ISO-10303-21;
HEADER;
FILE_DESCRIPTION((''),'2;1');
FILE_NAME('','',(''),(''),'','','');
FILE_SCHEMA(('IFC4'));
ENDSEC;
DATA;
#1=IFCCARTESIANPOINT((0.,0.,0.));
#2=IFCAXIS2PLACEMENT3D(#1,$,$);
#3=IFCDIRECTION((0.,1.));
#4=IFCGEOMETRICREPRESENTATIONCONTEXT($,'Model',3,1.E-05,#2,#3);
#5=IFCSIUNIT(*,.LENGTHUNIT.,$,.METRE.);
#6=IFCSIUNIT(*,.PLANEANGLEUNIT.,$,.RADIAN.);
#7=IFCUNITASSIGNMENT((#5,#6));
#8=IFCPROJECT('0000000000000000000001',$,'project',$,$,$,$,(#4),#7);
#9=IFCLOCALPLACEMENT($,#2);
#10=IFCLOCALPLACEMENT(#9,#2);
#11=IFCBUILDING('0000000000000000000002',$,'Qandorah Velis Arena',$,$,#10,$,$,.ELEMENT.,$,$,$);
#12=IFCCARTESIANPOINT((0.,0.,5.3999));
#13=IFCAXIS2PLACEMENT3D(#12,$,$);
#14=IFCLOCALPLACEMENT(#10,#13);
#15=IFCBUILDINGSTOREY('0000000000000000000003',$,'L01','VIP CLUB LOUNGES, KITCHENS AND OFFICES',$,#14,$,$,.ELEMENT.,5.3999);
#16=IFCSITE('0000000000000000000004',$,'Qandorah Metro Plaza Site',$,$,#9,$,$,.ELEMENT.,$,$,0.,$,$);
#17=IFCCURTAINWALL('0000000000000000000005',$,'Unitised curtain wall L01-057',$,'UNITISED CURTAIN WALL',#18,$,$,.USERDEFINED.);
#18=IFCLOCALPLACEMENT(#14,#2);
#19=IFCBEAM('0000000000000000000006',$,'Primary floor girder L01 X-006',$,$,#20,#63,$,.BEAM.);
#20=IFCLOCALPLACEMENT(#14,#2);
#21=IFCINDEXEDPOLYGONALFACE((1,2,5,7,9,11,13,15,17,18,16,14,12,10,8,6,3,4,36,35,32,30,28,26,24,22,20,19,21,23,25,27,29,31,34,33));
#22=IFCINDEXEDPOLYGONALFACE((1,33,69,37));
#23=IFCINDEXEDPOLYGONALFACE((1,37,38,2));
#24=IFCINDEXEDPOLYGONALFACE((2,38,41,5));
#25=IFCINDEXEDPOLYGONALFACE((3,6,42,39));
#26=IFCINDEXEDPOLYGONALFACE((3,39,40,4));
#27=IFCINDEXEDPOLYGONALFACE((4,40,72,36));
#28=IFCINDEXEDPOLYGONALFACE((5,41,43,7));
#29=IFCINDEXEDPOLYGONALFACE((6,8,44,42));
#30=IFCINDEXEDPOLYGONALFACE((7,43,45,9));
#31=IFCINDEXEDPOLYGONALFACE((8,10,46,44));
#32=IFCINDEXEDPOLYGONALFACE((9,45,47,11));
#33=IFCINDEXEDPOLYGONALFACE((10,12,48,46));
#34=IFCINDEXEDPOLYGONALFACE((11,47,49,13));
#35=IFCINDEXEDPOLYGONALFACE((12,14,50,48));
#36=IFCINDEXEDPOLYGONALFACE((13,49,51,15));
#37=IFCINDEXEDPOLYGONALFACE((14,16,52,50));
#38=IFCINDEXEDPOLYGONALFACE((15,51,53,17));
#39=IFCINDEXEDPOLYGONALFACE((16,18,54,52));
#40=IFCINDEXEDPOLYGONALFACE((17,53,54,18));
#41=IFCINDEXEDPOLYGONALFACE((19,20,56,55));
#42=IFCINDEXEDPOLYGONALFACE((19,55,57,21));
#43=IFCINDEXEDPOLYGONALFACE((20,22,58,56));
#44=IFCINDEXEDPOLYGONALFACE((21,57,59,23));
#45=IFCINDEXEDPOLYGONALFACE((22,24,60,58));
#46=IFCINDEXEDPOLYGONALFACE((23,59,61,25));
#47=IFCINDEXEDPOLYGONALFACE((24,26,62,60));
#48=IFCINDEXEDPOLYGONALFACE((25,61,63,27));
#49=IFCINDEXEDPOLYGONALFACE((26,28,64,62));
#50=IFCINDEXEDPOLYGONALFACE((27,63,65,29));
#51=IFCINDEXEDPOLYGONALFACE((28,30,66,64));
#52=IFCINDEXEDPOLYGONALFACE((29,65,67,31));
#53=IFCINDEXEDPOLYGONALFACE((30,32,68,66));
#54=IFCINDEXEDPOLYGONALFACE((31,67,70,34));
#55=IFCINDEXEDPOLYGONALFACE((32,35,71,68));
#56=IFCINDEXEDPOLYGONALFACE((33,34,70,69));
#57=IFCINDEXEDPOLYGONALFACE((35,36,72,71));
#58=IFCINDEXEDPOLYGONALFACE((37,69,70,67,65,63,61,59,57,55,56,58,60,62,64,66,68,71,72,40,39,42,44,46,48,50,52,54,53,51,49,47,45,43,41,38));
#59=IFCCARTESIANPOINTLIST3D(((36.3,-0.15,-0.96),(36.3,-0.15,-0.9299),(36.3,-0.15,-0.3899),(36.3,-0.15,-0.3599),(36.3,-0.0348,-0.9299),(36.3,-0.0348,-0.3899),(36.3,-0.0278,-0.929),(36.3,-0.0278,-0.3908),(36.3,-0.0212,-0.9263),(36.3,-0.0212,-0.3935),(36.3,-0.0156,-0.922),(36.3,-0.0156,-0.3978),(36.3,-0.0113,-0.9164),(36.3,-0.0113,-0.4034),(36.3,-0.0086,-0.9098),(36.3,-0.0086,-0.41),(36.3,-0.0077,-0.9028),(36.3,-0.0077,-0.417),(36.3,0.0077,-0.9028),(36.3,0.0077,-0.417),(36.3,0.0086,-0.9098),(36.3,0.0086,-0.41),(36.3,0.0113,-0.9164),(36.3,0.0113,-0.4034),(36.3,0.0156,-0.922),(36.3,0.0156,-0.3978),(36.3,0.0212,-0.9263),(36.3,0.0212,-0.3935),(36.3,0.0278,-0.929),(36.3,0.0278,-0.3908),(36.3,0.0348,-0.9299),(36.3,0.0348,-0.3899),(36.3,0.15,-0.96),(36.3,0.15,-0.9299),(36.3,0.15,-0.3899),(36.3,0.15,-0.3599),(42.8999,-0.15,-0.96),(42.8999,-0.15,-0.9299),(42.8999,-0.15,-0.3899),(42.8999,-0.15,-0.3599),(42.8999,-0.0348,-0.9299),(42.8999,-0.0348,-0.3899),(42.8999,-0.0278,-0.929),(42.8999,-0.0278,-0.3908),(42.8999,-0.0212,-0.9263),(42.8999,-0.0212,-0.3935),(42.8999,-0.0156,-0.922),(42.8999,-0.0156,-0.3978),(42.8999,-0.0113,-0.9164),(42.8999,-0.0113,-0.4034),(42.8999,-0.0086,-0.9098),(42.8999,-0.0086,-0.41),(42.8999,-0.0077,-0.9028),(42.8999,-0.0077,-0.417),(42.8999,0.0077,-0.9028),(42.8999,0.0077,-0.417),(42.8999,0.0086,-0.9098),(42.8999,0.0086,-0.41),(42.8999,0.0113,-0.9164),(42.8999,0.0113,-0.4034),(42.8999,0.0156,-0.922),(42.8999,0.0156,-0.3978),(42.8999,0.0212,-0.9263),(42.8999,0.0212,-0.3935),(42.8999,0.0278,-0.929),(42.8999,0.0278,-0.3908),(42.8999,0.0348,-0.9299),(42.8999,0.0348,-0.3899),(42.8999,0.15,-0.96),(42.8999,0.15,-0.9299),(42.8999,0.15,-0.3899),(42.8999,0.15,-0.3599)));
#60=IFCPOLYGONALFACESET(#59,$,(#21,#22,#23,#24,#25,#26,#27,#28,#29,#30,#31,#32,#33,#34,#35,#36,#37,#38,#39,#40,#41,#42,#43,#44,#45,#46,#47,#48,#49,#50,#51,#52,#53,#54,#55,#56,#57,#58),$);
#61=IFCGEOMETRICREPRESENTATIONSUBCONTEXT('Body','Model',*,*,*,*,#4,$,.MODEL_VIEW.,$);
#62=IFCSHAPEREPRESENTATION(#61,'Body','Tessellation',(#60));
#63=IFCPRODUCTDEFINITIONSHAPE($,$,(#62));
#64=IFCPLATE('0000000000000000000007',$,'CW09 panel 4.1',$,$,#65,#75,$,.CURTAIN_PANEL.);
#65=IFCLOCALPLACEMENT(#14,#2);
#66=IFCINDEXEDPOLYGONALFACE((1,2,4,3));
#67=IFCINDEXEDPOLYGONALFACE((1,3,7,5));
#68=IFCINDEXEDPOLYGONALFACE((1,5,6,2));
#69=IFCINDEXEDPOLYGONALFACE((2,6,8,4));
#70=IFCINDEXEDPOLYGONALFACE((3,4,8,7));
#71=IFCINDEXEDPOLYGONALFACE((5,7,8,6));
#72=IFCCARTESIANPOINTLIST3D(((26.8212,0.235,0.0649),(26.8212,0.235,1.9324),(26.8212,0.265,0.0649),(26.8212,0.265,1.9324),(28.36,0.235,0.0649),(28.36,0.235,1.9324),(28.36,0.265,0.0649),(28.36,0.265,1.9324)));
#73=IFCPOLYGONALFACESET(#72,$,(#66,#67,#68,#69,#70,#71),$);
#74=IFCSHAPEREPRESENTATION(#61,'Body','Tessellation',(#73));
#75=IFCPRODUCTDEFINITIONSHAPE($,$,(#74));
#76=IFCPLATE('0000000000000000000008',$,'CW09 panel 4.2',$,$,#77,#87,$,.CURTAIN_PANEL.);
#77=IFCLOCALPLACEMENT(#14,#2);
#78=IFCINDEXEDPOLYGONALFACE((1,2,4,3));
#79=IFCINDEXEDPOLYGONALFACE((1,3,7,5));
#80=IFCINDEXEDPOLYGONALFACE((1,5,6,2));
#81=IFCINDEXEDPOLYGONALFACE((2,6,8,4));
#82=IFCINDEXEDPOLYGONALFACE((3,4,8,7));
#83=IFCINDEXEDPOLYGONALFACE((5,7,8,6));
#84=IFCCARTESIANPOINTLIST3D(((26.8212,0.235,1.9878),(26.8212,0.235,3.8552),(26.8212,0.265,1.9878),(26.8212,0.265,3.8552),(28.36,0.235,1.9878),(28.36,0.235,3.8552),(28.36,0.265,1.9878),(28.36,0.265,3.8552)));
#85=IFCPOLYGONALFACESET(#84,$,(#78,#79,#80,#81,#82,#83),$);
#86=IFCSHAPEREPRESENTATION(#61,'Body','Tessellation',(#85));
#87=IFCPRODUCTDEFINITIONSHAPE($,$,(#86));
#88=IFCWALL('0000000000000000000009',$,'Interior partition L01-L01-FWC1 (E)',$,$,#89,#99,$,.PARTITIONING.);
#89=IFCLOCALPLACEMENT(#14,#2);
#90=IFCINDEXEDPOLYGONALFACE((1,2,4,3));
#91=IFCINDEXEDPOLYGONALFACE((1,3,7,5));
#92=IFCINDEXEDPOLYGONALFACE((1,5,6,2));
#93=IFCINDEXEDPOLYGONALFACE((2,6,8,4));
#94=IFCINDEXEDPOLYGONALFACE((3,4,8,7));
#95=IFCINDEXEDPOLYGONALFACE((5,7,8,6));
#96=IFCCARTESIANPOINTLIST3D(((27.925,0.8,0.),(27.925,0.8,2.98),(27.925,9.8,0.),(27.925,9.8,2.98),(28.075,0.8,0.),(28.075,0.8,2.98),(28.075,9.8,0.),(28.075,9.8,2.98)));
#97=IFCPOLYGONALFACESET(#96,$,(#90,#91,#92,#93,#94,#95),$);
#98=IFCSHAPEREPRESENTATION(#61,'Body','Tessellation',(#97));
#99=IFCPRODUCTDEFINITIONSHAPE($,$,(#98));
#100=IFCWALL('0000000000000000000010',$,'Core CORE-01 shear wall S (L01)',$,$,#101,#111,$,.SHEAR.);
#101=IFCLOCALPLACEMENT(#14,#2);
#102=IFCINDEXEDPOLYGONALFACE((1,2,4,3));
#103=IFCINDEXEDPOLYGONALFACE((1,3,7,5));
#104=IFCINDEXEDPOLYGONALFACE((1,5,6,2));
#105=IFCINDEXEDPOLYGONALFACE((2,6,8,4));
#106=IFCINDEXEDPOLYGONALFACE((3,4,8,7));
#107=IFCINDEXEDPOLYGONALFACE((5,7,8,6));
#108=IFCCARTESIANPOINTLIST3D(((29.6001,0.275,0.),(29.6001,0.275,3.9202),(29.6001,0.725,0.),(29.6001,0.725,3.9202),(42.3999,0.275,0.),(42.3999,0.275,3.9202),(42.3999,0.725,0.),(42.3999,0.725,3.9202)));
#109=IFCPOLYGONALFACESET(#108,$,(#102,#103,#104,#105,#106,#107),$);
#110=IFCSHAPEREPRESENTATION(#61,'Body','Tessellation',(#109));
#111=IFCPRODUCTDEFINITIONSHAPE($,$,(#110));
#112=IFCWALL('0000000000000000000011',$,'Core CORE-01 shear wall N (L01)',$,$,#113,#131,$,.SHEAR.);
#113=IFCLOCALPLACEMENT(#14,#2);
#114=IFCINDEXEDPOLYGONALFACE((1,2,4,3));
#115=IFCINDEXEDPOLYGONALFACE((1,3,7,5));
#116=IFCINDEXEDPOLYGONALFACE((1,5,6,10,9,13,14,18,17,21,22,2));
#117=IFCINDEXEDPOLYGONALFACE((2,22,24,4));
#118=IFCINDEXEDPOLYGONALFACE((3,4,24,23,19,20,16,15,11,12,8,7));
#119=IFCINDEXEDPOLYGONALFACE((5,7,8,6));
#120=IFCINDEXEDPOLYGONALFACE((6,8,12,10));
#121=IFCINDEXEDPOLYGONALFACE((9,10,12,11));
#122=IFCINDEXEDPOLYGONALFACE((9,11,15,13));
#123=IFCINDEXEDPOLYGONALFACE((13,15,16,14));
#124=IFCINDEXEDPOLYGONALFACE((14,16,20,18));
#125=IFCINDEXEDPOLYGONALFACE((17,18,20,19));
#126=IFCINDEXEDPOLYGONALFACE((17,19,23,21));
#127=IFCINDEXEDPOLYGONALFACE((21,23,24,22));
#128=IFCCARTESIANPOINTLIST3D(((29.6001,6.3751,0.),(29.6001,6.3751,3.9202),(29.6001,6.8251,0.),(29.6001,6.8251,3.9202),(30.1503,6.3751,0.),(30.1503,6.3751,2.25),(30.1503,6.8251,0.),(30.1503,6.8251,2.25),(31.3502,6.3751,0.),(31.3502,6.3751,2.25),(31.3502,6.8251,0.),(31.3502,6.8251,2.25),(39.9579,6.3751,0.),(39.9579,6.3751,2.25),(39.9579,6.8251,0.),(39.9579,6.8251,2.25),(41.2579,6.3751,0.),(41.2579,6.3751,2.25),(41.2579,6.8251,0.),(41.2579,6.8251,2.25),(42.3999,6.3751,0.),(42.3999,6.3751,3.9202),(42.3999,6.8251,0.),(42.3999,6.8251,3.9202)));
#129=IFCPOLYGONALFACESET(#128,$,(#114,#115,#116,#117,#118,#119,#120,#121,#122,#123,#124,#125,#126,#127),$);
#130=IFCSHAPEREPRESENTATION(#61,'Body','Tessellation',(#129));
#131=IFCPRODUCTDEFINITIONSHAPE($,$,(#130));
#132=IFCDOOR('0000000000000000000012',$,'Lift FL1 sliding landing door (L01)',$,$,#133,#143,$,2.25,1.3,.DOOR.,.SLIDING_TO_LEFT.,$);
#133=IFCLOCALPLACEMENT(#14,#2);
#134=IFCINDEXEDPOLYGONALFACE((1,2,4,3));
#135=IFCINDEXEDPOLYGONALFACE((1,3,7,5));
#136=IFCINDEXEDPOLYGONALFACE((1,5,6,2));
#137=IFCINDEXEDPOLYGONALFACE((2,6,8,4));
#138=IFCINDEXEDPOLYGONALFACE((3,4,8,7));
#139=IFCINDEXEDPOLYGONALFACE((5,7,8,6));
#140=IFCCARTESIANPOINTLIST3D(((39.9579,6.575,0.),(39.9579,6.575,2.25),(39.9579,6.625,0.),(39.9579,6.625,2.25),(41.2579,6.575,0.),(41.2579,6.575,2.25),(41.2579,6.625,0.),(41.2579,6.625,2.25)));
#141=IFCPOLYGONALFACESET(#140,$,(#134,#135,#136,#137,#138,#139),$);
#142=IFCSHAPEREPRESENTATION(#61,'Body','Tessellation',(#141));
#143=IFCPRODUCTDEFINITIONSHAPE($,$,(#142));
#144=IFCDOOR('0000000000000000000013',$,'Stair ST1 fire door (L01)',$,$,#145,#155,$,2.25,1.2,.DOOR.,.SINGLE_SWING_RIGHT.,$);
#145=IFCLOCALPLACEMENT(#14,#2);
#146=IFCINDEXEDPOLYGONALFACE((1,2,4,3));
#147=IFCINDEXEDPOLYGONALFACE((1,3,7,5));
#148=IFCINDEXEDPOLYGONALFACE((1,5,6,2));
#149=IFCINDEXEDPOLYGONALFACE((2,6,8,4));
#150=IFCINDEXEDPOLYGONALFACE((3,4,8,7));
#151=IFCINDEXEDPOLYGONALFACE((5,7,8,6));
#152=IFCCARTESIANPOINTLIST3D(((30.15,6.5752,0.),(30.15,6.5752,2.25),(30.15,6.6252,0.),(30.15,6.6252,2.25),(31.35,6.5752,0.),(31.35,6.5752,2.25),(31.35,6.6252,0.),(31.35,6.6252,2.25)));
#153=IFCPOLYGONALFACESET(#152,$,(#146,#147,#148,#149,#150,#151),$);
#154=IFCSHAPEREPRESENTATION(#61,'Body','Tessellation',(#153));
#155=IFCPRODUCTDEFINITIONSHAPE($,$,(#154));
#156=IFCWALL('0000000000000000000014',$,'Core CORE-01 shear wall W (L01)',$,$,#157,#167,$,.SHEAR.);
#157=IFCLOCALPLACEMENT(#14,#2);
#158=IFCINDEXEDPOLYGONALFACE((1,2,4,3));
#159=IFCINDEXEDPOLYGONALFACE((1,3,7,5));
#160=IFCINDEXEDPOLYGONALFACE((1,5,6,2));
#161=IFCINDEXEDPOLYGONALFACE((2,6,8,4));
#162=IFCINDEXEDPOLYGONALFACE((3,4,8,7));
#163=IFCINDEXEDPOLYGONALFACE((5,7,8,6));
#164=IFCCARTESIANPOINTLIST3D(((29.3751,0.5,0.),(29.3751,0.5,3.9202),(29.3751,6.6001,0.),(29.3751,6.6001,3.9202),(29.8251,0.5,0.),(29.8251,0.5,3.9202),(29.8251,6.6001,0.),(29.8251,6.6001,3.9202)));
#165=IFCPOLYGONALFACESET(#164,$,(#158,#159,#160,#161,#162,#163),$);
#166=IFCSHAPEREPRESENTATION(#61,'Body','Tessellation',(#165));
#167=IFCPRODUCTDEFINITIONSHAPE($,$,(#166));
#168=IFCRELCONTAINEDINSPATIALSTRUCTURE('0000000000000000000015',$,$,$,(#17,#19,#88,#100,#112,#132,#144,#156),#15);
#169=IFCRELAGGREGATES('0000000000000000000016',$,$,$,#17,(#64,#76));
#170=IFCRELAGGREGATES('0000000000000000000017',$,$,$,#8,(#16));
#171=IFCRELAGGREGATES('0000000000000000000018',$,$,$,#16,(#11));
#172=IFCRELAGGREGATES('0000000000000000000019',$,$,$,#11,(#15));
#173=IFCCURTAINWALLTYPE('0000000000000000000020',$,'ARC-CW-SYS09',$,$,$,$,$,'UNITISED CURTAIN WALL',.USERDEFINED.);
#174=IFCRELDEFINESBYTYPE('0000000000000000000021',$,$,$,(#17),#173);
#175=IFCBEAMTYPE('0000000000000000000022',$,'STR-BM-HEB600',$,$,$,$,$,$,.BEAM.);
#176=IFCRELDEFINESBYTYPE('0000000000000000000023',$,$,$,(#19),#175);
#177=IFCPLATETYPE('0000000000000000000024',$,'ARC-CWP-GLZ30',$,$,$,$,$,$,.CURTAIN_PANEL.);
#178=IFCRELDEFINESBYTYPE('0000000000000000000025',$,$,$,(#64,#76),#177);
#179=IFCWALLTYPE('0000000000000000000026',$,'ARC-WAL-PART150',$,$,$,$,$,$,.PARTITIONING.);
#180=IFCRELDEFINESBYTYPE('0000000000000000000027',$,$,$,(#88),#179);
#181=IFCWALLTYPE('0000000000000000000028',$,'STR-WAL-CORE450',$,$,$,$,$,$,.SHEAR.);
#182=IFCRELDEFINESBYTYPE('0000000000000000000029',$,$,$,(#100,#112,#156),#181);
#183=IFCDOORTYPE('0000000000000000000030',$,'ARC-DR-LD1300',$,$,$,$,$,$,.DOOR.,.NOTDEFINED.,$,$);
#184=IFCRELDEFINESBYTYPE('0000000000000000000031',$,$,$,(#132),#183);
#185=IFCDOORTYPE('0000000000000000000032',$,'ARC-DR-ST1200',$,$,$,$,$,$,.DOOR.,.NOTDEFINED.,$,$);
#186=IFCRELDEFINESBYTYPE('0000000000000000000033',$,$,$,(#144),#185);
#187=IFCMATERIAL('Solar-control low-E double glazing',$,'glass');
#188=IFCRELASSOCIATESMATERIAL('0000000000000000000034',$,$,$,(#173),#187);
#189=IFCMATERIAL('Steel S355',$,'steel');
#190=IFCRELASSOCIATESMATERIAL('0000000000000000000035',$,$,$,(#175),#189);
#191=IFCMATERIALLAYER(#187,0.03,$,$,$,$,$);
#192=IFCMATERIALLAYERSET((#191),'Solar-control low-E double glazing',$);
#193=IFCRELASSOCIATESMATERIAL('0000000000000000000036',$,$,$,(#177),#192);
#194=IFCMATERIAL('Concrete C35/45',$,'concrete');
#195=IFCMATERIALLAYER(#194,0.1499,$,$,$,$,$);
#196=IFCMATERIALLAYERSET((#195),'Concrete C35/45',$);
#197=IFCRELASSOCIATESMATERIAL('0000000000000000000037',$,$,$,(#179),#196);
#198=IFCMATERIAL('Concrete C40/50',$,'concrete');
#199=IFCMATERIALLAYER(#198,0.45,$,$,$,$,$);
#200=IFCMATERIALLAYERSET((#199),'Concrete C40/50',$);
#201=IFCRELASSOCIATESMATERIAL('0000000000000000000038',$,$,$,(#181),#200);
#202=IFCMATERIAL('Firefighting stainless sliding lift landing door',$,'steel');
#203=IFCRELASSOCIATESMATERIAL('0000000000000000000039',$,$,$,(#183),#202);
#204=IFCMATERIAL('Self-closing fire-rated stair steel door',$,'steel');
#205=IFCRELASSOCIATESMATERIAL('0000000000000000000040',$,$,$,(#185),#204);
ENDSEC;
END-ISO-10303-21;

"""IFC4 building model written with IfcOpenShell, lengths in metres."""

from ifc_helpers import new_model, si_unit, direction, frame, frame_2d, origin, origin_2d, place, context, subcontext, project, spatial, rectangle, i_section, extrude, material, layer, layer_set, material_profile, profile_set, type_object, element, fill, aggregate, save


model = new_model("IFC4")

# Units and contexts
model_context = context("Model", 3, precision=1e-05, world=origin(), true_north=direction((0.0, 1.0)))
body_context = subcontext(model_context, "Body", "Model", "MODEL_VIEW")
ifc_project = project(units=[si_unit("LENGTHUNIT", "METRE"), si_unit("PLANEANGLEUNIT", "RADIAN")], contexts=[model_context])

# Site, building, storey
site_placement = place(None, origin())
site = spatial("IfcSite", under=ifc_project, at=site_placement, Name="Qandorah Metro Plaza Site", CompositionType="ELEMENT", RefElevation=0.0)
building_placement = place(site_placement, origin())
building = spatial("IfcBuilding", under=site, at=building_placement, Name="Qandorah Velis Arena", CompositionType="ELEMENT")
storey_placement = place(building_placement, frame((0.0, 0.0, 5.3999)))
storey = spatial("IfcBuildingStorey", under=building, at=storey_placement, Name="L01", Description="VIP CLUB LOUNGES, KITCHENS AND OFFICES", CompositionType="ELEMENT", Elevation=5.3999)

# Shared definitions
ifc_material_1 = material(Name="Concrete C40/50", Category="concrete")

# Curtain wall
ifc_material_2 = material(Name="Solar-control low-E double glazing", Category="glass")
curtain_wall_type = type_object("IfcCurtainWallType", Name="ARC-CW-SYS09", ElementType="UNITISED CURTAIN WALL", PredefinedType="USERDEFINED", material=ifc_material_2)
curtain_wall_placement = place(storey_placement, origin())
curtain_wall = element("IfcCurtainWall", 1, at=curtain_wall_placement, inside=storey, type_object=curtain_wall_type, Name="Unitised curtain wall L01-057", ObjectType="UNITISED CURTAIN WALL", PredefinedType="USERDEFINED")

# Beam
ifc_material_3 = material(Name="Steel S355", Category="steel")
ifc_material_profile_1 = material_profile(ifc_material_3, i_section(OverallWidth=0.3, OverallDepth=0.6001, WebThickness=0.0154, FlangeThickness=0.03, FilletRadius=0.0271, at=origin_2d()), Name="HEB 600")
ifc_profile_set_1 = profile_set([ifc_material_profile_1], Name="Steel S355")
beam_type_1 = type_object("IfcBeamType", Name="STR-BM-HEB600", PredefinedType="BEAM", material=ifc_profile_set_1)
for number, where, z_axis, x_axis, name in (
    (2, (36.3, 0.0, -0.6599), (1.0, 0.0, 0.0), (0.0, 1.0, 0.0), "Primary floor girder L01 X-006"),
):
    element("IfcBeam", number, at=place(storey_placement, frame(where, z_axis=z_axis, x_axis=x_axis)), inside=storey, type_object=beam_type_1, Name=name, PredefinedType="BEAM", context=body_context, shape_type="SweptSolid", body=[
        extrude(i_section(OverallWidth=0.3, OverallDepth=0.6001, WebThickness=0.0154, FlangeThickness=0.03, FilletRadius=0.0271, at=origin_2d()), origin(), (0.0, 0.0, 1.0), 6.5999),
    ])

# Plates
ifc_layer_1 = layer(ifc_material_2, 0.03)
ifc_layer_set_1 = layer_set([ifc_layer_1], Name="Solar-control low-E double glazing")
plate_type = type_object("IfcPlateType", Name="ARC-CWP-GLZ30", PredefinedType="CURTAIN_PANEL", material=ifc_layer_set_1)
plate_1_placement = place(storey_placement, frame((27.5906, 0.25, 0.0649), z_axis=(0.0, 0.0, 1.0), x_axis=(1.0, 0.0, 0.0)))
plate_1 = element("IfcPlate", 3, at=plate_1_placement, type_object=plate_type, Name="CW09 panel 4.1", PredefinedType="CURTAIN_PANEL", context=body_context, shape_type="SweptSolid", body=[
    extrude(rectangle(XDim=1.5388, YDim=0.03, at=origin_2d()), origin(), (0.0, 0.0, 1.0), 1.8674),
])
plate_2_placement = place(storey_placement, frame((27.5906, 0.25, 1.9878), z_axis=(0.0, 0.0, 1.0), x_axis=(1.0, 0.0, 0.0)))
plate_2 = element("IfcPlate", 4, at=plate_2_placement, type_object=plate_type, Name="CW09 panel 4.2", PredefinedType="CURTAIN_PANEL", context=body_context, shape_type="SweptSolid", body=[
    extrude(rectangle(XDim=1.5388, YDim=0.03, at=origin_2d()), origin(), (0.0, 0.0, 1.0), 1.8674),
])
aggregate(curtain_wall, [plate_1, plate_2])

# Walls
ifc_material_4 = material(Name="Concrete C35/45", Category="concrete")
ifc_layer_2 = layer(ifc_material_4, 0.1499)
ifc_layer_set_2 = layer_set([ifc_layer_2], Name="Concrete C35/45")
wall_type_1 = type_object("IfcWallType", Name="ARC-WAL-PART150", PredefinedType="PARTITIONING", material=ifc_layer_set_2)
wall_1_placement = place(storey_placement, frame((28.0, 0.8, 0.0), z_axis=(0.0, 0.0, 1.0), x_axis=(0.0, 1.0, 0.0)))
element("IfcWall", 5, at=wall_1_placement, inside=storey, type_object=wall_type_1, Name="Interior partition L01-L01-FWC1 (E)", PredefinedType="PARTITIONING", context=body_context, shape_type="SweptSolid", body=[
    extrude(rectangle(XDim=9.0, YDim=0.1499, at=frame_2d((4.5, 0.0))), origin(), (0.0, 0.0, 1.0), 2.98),
])
ifc_layer_3 = layer(ifc_material_1, 0.45)
ifc_layer_set_3 = layer_set([ifc_layer_3], Name="Concrete C40/50")
wall_type_2 = type_object("IfcWallType", Name="STR-WAL-CORE450", PredefinedType="SHEAR", material=ifc_layer_set_3)
wall_2_placement = place(storey_placement, frame((29.6001, 0.5, 0.0), z_axis=(0.0, 0.0, 1.0), x_axis=(1.0, 0.0, 0.0)))
element("IfcWall", 6, at=wall_2_placement, inside=storey, type_object=wall_type_2, Name="Core CORE-01 shear wall S (L01)", PredefinedType="SHEAR", context=body_context, shape_type="SweptSolid", body=[
    extrude(rectangle(XDim=12.7998, YDim=0.45, at=frame_2d((6.3999, 0.0))), origin(), (0.0, 0.0, 1.0), 3.9202),
])

# Wall, openings, doors
wall_3_placement = place(storey_placement, frame((29.6001, 6.6001, 0.0), z_axis=(0.0, 0.0, 1.0), x_axis=(1.0, 0.0, 0.0)))
wall_3 = element("IfcWall", 7, at=wall_3_placement, inside=storey, type_object=wall_type_2, Name="Core CORE-01 shear wall N (L01)", PredefinedType="SHEAR", context=body_context, shape_type="SweptSolid", body=[
    extrude(rectangle(XDim=12.7998, YDim=0.45, at=frame_2d((6.3999, 0.0))), origin(), (0.0, 0.0, 1.0), 3.9202),
])
opening_1_placement = place(wall_3_placement, frame((0.55, 0.0, 0.0)))
opening_1 = element("IfcOpeningElement", 8, at=opening_1_placement, cuts=wall_3, PredefinedType="OPENING", context=body_context, shape_type="SweptSolid", body=[
    extrude(rectangle(XDim=1.2, YDim=2.25, at=frame_2d((0.6001, 1.125))), frame((0.0, 0.2349, 0.0), z_axis=(0.0, -1.0, 0.0), x_axis=(1.0, 0.0, 0.0)), (0.0, 0.0, 1.0), 0.47),
])
opening_2_placement = place(wall_3_placement, frame((10.3579, 0.0, 0.0)))
opening_2 = element("IfcOpeningElement", 9, at=opening_2_placement, cuts=wall_3, PredefinedType="OPENING", context=body_context, shape_type="SweptSolid", body=[
    extrude(rectangle(XDim=1.3, YDim=2.25, at=frame_2d((0.6499, 1.125))), frame((0.0, 0.2349, 0.0), z_axis=(0.0, -1.0, 0.0), x_axis=(1.0, 0.0, 0.0)), (0.0, 0.0, 1.0), 0.47),
])
ifc_material_5 = material(Name="Firefighting stainless sliding lift landing door", Category="steel")
door_type_1 = type_object("IfcDoorType", Name="ARC-DR-LD1300", OperationType="NOTDEFINED", PredefinedType="DOOR", material=ifc_material_5)
door_1_placement = place(opening_2_placement, origin())
door_1 = element("IfcDoor", 10, at=door_1_placement, inside=storey, type_object=door_type_1, Name="Lift FL1 sliding landing door (L01)", OperationType="SLIDING_TO_LEFT", OverallHeight=2.25, OverallWidth=1.3, PredefinedType="DOOR", context=body_context, shape_type="SweptSolid", body=[
    extrude(rectangle(XDim=1.3, YDim=2.25, at=frame_2d((0.6499, 1.125))), frame((0.0, 0.0249, 0.0), z_axis=(0.0, -1.0, 0.0), x_axis=(1.0, 0.0, 0.0)), (0.0, 0.0, 1.0), 0.05),
])
fill(opening_2, door_1)
ifc_material_6 = material(Name="Self-closing fire-rated stair steel door", Category="steel")
door_type_2 = type_object("IfcDoorType", Name="ARC-DR-ST1200", OperationType="NOTDEFINED", PredefinedType="DOOR", material=ifc_material_6)
door_2_placement = place(opening_1_placement, frame((1.2, 0.0, 0.0), z_axis=(0.0, 0.0, 1.0), x_axis=(-1.0, 0.0, 0.0)))
door_2 = element("IfcDoor", 11, at=door_2_placement, inside=storey, type_object=door_type_2, Name="Stair ST1 fire door (L01)", OperationType="SINGLE_SWING_RIGHT", OverallHeight=2.25, OverallWidth=1.2, PredefinedType="DOOR", context=body_context, shape_type="SweptSolid", body=[
    extrude(rectangle(XDim=1.2, YDim=2.25, at=frame_2d((0.6001, 1.125))), frame((0.0, 0.0249, 0.0), z_axis=(0.0, -1.0, 0.0), x_axis=(1.0, 0.0, 0.0)), (0.0, 0.0, 1.0), 0.05),
])
fill(opening_1, door_2)

# Wall
wall_4_placement = place(storey_placement, frame((29.6001, 0.5, 0.0), z_axis=(0.0, 0.0, 1.0), x_axis=(0.0, 1.0, 0.0)))
element("IfcWall", 12, at=wall_4_placement, inside=storey, type_object=wall_type_2, Name="Core CORE-01 shear wall W (L01)", PredefinedType="SHEAR", context=body_context, shape_type="SweptSolid", body=[
    extrude(rectangle(XDim=6.1001, YDim=0.45, at=frame_2d((3.05, 0.0))), origin(), (0.0, 0.0, 1.0), 3.9202),
])

save(model, "model.ifc")
